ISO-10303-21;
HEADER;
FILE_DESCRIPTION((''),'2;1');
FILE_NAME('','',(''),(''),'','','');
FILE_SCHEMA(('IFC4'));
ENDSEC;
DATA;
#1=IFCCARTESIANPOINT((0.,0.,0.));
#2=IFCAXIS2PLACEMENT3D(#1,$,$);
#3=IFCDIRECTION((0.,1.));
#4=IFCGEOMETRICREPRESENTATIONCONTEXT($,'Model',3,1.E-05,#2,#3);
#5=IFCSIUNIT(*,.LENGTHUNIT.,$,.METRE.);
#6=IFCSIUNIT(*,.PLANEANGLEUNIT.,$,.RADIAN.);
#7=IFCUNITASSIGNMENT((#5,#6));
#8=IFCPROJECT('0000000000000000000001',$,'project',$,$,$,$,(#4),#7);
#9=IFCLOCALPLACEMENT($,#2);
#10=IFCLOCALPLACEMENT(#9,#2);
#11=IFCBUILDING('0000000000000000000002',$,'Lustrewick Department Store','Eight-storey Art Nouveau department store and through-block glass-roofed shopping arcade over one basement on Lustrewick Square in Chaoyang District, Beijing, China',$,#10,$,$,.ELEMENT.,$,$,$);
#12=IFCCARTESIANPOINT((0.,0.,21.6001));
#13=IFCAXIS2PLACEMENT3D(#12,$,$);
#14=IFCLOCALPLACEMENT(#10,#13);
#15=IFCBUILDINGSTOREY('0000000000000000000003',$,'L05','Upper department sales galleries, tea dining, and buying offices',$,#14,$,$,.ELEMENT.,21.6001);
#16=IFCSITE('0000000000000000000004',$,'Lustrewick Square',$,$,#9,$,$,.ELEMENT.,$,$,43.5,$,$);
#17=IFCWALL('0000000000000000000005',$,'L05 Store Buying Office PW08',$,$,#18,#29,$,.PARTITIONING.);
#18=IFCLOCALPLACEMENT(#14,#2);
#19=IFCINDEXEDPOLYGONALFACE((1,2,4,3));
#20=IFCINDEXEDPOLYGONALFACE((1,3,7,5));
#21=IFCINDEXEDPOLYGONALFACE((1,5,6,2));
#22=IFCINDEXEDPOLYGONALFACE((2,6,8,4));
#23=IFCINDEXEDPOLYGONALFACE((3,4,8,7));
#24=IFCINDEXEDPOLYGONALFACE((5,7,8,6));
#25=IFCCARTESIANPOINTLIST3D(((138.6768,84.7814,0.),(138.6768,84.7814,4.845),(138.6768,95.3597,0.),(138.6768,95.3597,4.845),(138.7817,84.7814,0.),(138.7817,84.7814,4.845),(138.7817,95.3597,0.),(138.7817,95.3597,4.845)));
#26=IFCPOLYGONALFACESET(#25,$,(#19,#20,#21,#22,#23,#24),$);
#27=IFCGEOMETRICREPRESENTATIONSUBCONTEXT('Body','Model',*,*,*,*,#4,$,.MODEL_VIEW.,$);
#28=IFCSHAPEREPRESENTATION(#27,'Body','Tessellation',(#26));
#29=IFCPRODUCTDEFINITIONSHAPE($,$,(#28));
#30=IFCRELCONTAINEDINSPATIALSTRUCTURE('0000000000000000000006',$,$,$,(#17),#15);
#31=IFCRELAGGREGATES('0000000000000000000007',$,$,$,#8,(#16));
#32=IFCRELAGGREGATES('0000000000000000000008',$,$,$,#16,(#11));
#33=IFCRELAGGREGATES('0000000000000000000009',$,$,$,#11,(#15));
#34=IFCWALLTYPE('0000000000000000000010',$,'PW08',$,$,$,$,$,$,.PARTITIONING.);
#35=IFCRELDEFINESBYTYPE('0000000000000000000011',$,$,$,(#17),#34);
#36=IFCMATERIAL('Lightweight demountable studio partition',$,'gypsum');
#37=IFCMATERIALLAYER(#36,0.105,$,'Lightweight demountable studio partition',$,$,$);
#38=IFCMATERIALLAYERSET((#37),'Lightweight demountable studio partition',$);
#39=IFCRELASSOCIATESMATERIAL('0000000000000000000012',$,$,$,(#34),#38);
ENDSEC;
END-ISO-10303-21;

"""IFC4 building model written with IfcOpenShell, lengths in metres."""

from ifc_helpers import new_model, si_unit, direction, frame, frame_2d, origin, place, context, subcontext, project, spatial, rectangle, extrude, material, layer, layer_set, type_object, element, save


model = new_model("IFC4")

# Units and contexts
model_context = context("Model", 3, precision=1e-05, world=origin(), true_north=direction((0.0, 1.0)))
body_context = subcontext(model_context, "Body", "Model", "MODEL_VIEW")
ifc_project = project(units=[si_unit("LENGTHUNIT", "METRE"), si_unit("PLANEANGLEUNIT", "RADIAN")], contexts=[model_context])

# Site, building, storey
site_placement = place(None, origin())
site = spatial("IfcSite", under=ifc_project, at=site_placement, Name="Lustrewick Square", CompositionType="ELEMENT", RefElevation=43.5)
building_placement = place(site_placement, origin())
building = spatial("IfcBuilding", under=site, at=building_placement, Name="Lustrewick Department Store", Description="Eight-storey Art Nouveau department store and through-block glass-roofed shopping arcade over one basement on Lustrewick Square in Chaoyang District, Beijing, China", CompositionType="ELEMENT")
storey_placement = place(building_placement, frame((0.0, 0.0, 21.6001)))
storey = spatial("IfcBuildingStorey", under=building, at=storey_placement, Name="L05", Description="Upper department sales galleries, tea dining, and buying offices", CompositionType="ELEMENT", Elevation=21.6001)

# Wall
ifc_material_1 = material(Name="Lightweight demountable studio partition", Category="gypsum")
ifc_layer_1 = layer(ifc_material_1, 0.105, Name="Lightweight demountable studio partition")
ifc_layer_set_1 = layer_set([ifc_layer_1], Name="Lightweight demountable studio partition")
wall_type_1 = type_object("IfcWallType", Name="PW08", PredefinedType="PARTITIONING", material=ifc_layer_set_1)
wall_1_placement = place(storey_placement, frame((138.7292, 84.7815, 0.0), z_axis=(0.0, 0.0, 1.0), x_axis=(0.0, 1.0, 0.0)))
element("IfcWall", 1, at=wall_1_placement, inside=storey, type_object=wall_type_1, Name="L05 Store Buying Office PW08", PredefinedType="PARTITIONING", context=body_context, shape_type="SweptSolid", body=[
    extrude(rectangle(XDim=10.5784, YDim=0.105, at=frame_2d((5.2891, 0.0))), origin(), (0.0, 0.0, 1.0), 4.845),
])

save(model, "model.ifc")
